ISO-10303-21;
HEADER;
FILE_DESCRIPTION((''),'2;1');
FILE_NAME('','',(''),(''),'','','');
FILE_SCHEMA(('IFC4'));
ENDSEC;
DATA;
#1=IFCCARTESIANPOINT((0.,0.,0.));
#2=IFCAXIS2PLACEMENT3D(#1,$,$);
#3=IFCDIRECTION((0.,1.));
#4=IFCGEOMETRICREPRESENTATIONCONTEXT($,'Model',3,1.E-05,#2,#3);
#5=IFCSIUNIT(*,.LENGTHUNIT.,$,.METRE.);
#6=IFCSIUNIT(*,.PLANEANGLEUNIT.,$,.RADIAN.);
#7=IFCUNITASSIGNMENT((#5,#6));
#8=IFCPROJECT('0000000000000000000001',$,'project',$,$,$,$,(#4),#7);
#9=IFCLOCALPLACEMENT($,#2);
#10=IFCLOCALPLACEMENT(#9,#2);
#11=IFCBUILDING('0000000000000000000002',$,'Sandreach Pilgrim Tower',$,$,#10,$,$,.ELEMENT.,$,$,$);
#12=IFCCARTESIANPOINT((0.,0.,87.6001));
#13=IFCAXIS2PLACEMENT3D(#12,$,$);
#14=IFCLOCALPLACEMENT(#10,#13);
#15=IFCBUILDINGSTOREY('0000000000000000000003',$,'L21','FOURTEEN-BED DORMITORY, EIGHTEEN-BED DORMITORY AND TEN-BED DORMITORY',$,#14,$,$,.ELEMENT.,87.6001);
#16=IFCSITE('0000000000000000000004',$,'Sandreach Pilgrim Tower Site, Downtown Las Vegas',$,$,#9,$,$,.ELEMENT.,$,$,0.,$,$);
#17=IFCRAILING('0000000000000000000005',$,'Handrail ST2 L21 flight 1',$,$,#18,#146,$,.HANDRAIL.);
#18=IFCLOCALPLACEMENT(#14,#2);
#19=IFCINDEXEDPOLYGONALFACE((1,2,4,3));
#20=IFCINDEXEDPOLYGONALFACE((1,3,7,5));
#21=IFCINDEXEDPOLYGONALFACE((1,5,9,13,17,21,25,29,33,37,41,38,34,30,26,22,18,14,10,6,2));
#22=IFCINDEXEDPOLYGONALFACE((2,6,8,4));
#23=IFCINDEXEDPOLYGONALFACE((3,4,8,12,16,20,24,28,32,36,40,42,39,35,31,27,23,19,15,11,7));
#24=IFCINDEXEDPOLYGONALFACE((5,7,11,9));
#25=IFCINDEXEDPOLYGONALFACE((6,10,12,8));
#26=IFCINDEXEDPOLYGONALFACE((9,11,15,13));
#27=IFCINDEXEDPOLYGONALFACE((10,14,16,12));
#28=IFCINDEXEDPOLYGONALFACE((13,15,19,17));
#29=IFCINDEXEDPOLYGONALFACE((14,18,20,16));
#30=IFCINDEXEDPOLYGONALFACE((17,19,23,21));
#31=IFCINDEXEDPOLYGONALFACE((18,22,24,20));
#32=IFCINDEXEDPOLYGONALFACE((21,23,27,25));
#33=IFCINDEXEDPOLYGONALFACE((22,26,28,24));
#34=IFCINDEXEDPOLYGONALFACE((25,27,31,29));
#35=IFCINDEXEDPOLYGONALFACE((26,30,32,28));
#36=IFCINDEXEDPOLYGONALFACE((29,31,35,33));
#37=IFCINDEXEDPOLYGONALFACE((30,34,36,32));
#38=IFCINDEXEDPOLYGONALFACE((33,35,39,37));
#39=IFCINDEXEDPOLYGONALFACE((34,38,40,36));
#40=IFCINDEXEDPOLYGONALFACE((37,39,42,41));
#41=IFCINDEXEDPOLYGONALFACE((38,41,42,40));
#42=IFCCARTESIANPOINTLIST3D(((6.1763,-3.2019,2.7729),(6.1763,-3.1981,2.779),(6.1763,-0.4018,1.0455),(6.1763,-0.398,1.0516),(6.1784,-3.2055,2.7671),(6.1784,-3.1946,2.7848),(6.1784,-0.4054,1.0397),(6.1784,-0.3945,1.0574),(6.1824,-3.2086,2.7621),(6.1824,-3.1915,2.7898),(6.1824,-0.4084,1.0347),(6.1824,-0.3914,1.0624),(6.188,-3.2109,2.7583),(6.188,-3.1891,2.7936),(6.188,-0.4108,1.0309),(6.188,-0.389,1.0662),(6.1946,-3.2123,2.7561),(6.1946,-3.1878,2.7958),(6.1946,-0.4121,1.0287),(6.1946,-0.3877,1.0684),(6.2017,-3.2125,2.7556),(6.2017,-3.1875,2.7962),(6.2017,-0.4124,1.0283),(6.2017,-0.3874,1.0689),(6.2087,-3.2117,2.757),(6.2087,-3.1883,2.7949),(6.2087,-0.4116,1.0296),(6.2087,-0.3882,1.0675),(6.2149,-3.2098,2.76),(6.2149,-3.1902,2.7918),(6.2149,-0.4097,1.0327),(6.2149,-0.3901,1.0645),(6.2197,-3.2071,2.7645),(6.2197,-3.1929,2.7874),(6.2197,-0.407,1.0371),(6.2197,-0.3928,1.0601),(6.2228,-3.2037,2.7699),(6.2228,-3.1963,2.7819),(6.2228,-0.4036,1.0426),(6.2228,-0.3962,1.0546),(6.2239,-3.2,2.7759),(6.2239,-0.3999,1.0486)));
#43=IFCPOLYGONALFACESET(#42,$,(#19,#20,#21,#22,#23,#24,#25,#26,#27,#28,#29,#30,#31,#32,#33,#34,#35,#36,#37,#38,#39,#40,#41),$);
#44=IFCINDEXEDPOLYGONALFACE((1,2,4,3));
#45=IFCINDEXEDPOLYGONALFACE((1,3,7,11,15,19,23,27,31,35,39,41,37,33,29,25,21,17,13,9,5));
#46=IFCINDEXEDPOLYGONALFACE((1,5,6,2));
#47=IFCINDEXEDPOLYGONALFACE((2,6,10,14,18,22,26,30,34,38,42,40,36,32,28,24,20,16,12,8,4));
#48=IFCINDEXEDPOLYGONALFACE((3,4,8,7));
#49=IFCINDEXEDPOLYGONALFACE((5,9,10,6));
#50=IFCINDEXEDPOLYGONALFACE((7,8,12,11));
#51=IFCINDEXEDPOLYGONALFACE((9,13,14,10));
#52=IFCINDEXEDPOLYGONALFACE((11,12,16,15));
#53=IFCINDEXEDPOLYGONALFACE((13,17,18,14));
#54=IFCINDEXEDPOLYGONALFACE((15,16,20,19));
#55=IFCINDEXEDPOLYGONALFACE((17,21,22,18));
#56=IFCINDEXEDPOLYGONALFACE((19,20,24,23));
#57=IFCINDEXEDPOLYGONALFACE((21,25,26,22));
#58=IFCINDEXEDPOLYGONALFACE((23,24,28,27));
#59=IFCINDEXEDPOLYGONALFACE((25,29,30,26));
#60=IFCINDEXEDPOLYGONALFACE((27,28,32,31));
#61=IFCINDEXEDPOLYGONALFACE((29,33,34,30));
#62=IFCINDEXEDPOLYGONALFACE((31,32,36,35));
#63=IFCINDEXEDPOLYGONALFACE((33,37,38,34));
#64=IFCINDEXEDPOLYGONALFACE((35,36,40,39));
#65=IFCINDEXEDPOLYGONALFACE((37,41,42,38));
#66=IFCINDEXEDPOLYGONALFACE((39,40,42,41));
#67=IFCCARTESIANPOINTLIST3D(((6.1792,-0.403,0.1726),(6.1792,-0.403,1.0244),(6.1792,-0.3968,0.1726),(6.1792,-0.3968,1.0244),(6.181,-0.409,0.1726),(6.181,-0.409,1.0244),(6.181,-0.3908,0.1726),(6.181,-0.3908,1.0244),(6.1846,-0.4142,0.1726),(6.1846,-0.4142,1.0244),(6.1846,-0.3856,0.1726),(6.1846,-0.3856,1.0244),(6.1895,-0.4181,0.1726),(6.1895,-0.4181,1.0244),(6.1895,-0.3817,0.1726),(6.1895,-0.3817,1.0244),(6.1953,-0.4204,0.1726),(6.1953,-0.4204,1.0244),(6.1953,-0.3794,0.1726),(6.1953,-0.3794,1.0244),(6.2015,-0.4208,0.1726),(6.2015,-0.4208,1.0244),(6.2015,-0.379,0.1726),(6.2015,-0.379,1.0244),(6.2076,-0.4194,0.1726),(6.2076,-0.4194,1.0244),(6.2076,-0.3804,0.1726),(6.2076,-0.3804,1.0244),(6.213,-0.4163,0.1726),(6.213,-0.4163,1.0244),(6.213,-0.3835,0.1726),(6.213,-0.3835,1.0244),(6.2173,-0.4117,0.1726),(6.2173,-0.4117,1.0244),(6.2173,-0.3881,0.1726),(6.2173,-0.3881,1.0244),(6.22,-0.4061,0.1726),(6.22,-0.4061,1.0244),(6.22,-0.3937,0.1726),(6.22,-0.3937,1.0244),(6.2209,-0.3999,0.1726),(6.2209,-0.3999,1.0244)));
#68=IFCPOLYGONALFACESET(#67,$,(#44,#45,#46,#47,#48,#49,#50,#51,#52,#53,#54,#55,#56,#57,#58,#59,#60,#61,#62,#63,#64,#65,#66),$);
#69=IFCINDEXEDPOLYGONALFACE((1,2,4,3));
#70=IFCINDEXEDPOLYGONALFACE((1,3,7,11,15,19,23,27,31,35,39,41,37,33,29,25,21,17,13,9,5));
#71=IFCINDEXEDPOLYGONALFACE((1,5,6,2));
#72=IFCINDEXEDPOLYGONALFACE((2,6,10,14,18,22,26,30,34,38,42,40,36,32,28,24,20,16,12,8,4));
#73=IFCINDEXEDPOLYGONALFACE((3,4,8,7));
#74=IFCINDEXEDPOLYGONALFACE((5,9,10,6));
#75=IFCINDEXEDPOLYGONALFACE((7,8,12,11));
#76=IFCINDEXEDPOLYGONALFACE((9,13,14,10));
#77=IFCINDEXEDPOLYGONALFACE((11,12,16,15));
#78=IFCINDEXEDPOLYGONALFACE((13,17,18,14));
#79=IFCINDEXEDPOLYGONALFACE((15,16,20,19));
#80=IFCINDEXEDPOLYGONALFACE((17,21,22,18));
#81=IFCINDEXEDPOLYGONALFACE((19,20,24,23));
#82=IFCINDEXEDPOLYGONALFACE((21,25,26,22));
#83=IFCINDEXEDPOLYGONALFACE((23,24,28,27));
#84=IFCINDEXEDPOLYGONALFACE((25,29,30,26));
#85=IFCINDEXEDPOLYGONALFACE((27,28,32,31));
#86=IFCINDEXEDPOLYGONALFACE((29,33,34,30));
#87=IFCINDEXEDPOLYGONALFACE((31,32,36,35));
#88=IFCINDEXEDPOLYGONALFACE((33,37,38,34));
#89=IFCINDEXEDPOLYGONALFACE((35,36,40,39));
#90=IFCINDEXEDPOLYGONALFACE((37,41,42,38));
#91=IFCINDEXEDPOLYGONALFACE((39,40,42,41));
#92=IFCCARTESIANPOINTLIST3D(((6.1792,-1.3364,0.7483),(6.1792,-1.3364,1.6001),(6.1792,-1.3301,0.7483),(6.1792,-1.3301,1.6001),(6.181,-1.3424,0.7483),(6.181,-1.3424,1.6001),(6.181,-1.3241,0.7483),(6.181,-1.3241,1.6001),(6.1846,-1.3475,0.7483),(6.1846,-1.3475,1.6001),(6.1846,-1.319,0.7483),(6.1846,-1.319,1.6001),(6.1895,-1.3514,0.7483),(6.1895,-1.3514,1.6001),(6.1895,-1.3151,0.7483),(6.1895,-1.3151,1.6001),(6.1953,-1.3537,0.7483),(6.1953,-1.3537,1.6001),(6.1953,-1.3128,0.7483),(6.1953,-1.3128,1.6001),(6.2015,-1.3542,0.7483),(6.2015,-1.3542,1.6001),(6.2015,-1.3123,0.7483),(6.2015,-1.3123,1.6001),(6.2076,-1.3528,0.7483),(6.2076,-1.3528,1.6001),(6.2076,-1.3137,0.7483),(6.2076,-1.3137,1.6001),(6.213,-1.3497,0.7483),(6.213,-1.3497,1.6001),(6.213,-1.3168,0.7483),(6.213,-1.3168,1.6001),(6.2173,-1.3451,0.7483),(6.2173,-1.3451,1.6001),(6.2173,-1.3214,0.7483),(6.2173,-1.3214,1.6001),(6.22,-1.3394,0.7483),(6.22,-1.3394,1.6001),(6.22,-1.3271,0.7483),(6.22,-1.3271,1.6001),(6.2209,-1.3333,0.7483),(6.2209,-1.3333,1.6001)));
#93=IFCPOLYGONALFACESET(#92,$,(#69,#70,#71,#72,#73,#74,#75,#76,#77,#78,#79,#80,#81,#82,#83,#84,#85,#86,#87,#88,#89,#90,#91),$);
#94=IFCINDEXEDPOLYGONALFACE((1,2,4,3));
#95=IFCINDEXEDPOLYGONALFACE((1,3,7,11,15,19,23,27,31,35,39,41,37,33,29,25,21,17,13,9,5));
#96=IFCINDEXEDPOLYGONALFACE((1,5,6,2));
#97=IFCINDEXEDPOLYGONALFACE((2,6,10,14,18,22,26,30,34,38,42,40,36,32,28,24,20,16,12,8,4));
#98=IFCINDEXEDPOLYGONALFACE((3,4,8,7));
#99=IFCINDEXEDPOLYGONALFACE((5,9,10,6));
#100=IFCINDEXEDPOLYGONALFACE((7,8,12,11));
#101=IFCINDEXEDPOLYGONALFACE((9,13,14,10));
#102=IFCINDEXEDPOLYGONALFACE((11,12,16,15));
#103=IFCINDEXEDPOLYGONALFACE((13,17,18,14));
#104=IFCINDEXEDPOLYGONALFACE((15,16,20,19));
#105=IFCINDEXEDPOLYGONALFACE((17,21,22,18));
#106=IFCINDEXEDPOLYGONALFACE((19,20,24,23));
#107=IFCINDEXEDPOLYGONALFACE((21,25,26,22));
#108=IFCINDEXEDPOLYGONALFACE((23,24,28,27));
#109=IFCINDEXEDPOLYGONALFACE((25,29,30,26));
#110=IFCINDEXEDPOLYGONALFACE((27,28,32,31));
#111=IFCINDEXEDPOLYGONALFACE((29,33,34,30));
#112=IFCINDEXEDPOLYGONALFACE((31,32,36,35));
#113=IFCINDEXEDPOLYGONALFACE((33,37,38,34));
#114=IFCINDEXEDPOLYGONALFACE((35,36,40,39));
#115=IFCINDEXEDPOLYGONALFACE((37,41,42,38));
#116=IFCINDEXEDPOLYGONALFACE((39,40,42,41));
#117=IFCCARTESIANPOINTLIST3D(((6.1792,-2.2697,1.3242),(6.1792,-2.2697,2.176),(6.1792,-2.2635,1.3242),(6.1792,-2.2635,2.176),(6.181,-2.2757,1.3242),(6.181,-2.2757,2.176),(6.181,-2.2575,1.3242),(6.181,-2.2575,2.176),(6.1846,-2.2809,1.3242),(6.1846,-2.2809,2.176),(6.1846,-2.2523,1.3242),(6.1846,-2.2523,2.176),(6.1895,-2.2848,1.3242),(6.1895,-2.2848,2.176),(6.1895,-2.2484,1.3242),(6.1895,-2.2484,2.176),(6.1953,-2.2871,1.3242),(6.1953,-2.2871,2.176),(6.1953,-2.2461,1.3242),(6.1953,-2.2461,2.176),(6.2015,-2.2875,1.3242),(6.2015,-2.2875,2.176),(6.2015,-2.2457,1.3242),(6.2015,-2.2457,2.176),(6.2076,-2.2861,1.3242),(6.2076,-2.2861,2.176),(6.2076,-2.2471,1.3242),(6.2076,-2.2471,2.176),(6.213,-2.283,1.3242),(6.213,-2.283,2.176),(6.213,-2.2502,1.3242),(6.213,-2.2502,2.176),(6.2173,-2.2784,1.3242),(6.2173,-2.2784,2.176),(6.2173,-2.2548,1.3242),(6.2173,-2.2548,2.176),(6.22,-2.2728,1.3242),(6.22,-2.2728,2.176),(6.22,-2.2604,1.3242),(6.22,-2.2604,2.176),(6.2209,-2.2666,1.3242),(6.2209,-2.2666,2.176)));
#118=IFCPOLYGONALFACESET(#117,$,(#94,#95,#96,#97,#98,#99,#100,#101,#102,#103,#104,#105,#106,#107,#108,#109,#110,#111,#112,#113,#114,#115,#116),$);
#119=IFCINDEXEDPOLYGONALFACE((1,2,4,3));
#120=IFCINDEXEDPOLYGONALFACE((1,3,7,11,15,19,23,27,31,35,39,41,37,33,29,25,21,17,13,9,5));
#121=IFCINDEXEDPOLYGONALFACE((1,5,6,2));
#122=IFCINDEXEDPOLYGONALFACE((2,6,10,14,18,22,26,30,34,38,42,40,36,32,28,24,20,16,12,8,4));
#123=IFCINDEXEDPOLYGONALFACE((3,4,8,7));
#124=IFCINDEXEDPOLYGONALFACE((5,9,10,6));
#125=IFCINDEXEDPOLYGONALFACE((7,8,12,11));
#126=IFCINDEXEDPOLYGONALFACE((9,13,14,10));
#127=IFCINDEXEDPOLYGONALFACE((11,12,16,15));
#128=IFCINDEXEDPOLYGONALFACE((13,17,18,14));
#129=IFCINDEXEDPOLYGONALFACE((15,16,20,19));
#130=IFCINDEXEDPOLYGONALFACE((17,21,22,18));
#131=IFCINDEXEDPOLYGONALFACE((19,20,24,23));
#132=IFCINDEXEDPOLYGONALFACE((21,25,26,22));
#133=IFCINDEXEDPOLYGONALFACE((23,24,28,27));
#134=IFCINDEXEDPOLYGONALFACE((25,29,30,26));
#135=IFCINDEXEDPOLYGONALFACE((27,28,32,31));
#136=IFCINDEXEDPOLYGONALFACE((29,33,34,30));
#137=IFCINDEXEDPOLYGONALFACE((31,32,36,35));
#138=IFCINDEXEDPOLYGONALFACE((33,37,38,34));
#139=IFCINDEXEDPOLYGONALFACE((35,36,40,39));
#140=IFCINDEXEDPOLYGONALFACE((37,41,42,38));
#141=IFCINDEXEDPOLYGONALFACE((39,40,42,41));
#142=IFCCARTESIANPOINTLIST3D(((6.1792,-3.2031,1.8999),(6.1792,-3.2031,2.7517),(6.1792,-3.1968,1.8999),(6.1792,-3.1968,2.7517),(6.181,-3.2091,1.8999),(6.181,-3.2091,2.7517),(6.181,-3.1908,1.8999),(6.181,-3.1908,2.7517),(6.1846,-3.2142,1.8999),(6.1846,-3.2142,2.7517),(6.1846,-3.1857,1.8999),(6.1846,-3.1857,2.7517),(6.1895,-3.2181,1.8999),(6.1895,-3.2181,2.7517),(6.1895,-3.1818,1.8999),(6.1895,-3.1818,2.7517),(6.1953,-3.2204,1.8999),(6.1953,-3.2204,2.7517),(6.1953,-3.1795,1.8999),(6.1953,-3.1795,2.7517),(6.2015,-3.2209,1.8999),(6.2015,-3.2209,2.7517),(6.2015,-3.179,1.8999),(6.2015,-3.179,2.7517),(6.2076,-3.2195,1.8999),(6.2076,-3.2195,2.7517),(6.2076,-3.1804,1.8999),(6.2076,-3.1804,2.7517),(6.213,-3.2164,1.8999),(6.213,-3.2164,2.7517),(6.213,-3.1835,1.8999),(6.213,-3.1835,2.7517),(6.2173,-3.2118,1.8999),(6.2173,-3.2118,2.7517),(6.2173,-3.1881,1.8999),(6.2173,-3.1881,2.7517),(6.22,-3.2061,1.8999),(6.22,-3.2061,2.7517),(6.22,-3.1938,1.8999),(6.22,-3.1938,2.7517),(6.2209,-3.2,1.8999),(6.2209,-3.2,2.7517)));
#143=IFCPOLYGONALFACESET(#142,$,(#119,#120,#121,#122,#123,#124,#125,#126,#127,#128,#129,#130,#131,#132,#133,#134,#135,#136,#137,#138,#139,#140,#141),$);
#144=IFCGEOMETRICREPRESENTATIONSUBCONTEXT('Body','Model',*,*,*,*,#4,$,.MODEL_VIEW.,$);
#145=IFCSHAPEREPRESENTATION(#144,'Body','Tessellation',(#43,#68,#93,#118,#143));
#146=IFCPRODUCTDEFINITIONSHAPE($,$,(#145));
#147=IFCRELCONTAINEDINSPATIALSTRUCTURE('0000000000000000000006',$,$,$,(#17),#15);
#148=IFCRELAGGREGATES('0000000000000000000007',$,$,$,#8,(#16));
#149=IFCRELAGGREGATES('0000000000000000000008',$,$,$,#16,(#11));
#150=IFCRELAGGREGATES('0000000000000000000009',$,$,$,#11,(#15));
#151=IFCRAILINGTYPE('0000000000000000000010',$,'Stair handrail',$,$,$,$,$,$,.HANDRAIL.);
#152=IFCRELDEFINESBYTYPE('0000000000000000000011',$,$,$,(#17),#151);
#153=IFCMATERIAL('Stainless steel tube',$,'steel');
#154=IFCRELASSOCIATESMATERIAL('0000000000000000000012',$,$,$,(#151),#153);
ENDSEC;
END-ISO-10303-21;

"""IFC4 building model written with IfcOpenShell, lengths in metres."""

from ifc_helpers import new_model, si_unit, direction, frame, origin, origin_2d, place, context, subcontext, project, spatial, circle, extrude, material, type_object, element, save


model = new_model("IFC4")

# Units and contexts
model_context = context("Model", 3, precision=1e-05, world=origin(), true_north=direction((0.0, 1.0)))
body_context = subcontext(model_context, "Body", "Model", "MODEL_VIEW")
ifc_project = project(units=[si_unit("LENGTHUNIT", "METRE"), si_unit("PLANEANGLEUNIT", "RADIAN")], contexts=[model_context])

# Site, building, storey
site_placement = place(None, origin())
site = spatial("IfcSite", under=ifc_project, at=site_placement, Name="Sandreach Pilgrim Tower Site, Downtown Las Vegas", CompositionType="ELEMENT", RefElevation=0.0)
building_placement = place(site_placement, origin())
building = spatial("IfcBuilding", under=site, at=building_placement, Name="Sandreach Pilgrim Tower", CompositionType="ELEMENT")
storey_placement = place(building_placement, frame((0.0, 0.0, 87.6001)))
storey = spatial("IfcBuildingStorey", under=building, at=storey_placement, Name="L21", Description="FOURTEEN-BED DORMITORY, EIGHTEEN-BED DORMITORY AND TEN-BED DORMITORY", CompositionType="ELEMENT", Elevation=87.6001)

# Railing
ifc_material_1 = material(Name="Stainless steel tube", Category="steel")
railing_type = type_object("IfcRailingType", Name="Stair handrail", PredefinedType="HANDRAIL", material=ifc_material_1)
railing_placement = place(storey_placement, frame((6.2, -0.3999, 0.1726)))
element("IfcRailing", 1, at=railing_placement, inside=storey, type_object=railing_type, Name="Handrail ST2 L21 flight 1", PredefinedType="HANDRAIL", context=body_context, shape_type="SweptSolid", body=[
    extrude(circle(Radius=0.0239, at=origin_2d()), frame((0.0, 0.0, 0.876), z_axis=(0.0, -0.85109, 0.52502), x_axis=(1.0, 0.0, 0.0)), (0.0, 0.0, 1.0), 3.29),
    extrude(circle(Radius=0.021, at=origin_2d()), origin(), (0.0, 0.0, 1.0), 0.8518),
    extrude(circle(Radius=0.021, at=origin_2d()), frame((0.0, -0.9333, 0.5757)), (0.0, 0.0, 1.0), 0.8518),
    extrude(circle(Radius=0.021, at=origin_2d()), frame((0.0, -1.8667, 1.1516)), (0.0, 0.0, 1.0), 0.8518),
    extrude(circle(Radius=0.021, at=origin_2d()), frame((0.0, -2.8, 1.7273)), (0.0, 0.0, 1.0), 0.8518),
])

save(model, "model.ifc")
